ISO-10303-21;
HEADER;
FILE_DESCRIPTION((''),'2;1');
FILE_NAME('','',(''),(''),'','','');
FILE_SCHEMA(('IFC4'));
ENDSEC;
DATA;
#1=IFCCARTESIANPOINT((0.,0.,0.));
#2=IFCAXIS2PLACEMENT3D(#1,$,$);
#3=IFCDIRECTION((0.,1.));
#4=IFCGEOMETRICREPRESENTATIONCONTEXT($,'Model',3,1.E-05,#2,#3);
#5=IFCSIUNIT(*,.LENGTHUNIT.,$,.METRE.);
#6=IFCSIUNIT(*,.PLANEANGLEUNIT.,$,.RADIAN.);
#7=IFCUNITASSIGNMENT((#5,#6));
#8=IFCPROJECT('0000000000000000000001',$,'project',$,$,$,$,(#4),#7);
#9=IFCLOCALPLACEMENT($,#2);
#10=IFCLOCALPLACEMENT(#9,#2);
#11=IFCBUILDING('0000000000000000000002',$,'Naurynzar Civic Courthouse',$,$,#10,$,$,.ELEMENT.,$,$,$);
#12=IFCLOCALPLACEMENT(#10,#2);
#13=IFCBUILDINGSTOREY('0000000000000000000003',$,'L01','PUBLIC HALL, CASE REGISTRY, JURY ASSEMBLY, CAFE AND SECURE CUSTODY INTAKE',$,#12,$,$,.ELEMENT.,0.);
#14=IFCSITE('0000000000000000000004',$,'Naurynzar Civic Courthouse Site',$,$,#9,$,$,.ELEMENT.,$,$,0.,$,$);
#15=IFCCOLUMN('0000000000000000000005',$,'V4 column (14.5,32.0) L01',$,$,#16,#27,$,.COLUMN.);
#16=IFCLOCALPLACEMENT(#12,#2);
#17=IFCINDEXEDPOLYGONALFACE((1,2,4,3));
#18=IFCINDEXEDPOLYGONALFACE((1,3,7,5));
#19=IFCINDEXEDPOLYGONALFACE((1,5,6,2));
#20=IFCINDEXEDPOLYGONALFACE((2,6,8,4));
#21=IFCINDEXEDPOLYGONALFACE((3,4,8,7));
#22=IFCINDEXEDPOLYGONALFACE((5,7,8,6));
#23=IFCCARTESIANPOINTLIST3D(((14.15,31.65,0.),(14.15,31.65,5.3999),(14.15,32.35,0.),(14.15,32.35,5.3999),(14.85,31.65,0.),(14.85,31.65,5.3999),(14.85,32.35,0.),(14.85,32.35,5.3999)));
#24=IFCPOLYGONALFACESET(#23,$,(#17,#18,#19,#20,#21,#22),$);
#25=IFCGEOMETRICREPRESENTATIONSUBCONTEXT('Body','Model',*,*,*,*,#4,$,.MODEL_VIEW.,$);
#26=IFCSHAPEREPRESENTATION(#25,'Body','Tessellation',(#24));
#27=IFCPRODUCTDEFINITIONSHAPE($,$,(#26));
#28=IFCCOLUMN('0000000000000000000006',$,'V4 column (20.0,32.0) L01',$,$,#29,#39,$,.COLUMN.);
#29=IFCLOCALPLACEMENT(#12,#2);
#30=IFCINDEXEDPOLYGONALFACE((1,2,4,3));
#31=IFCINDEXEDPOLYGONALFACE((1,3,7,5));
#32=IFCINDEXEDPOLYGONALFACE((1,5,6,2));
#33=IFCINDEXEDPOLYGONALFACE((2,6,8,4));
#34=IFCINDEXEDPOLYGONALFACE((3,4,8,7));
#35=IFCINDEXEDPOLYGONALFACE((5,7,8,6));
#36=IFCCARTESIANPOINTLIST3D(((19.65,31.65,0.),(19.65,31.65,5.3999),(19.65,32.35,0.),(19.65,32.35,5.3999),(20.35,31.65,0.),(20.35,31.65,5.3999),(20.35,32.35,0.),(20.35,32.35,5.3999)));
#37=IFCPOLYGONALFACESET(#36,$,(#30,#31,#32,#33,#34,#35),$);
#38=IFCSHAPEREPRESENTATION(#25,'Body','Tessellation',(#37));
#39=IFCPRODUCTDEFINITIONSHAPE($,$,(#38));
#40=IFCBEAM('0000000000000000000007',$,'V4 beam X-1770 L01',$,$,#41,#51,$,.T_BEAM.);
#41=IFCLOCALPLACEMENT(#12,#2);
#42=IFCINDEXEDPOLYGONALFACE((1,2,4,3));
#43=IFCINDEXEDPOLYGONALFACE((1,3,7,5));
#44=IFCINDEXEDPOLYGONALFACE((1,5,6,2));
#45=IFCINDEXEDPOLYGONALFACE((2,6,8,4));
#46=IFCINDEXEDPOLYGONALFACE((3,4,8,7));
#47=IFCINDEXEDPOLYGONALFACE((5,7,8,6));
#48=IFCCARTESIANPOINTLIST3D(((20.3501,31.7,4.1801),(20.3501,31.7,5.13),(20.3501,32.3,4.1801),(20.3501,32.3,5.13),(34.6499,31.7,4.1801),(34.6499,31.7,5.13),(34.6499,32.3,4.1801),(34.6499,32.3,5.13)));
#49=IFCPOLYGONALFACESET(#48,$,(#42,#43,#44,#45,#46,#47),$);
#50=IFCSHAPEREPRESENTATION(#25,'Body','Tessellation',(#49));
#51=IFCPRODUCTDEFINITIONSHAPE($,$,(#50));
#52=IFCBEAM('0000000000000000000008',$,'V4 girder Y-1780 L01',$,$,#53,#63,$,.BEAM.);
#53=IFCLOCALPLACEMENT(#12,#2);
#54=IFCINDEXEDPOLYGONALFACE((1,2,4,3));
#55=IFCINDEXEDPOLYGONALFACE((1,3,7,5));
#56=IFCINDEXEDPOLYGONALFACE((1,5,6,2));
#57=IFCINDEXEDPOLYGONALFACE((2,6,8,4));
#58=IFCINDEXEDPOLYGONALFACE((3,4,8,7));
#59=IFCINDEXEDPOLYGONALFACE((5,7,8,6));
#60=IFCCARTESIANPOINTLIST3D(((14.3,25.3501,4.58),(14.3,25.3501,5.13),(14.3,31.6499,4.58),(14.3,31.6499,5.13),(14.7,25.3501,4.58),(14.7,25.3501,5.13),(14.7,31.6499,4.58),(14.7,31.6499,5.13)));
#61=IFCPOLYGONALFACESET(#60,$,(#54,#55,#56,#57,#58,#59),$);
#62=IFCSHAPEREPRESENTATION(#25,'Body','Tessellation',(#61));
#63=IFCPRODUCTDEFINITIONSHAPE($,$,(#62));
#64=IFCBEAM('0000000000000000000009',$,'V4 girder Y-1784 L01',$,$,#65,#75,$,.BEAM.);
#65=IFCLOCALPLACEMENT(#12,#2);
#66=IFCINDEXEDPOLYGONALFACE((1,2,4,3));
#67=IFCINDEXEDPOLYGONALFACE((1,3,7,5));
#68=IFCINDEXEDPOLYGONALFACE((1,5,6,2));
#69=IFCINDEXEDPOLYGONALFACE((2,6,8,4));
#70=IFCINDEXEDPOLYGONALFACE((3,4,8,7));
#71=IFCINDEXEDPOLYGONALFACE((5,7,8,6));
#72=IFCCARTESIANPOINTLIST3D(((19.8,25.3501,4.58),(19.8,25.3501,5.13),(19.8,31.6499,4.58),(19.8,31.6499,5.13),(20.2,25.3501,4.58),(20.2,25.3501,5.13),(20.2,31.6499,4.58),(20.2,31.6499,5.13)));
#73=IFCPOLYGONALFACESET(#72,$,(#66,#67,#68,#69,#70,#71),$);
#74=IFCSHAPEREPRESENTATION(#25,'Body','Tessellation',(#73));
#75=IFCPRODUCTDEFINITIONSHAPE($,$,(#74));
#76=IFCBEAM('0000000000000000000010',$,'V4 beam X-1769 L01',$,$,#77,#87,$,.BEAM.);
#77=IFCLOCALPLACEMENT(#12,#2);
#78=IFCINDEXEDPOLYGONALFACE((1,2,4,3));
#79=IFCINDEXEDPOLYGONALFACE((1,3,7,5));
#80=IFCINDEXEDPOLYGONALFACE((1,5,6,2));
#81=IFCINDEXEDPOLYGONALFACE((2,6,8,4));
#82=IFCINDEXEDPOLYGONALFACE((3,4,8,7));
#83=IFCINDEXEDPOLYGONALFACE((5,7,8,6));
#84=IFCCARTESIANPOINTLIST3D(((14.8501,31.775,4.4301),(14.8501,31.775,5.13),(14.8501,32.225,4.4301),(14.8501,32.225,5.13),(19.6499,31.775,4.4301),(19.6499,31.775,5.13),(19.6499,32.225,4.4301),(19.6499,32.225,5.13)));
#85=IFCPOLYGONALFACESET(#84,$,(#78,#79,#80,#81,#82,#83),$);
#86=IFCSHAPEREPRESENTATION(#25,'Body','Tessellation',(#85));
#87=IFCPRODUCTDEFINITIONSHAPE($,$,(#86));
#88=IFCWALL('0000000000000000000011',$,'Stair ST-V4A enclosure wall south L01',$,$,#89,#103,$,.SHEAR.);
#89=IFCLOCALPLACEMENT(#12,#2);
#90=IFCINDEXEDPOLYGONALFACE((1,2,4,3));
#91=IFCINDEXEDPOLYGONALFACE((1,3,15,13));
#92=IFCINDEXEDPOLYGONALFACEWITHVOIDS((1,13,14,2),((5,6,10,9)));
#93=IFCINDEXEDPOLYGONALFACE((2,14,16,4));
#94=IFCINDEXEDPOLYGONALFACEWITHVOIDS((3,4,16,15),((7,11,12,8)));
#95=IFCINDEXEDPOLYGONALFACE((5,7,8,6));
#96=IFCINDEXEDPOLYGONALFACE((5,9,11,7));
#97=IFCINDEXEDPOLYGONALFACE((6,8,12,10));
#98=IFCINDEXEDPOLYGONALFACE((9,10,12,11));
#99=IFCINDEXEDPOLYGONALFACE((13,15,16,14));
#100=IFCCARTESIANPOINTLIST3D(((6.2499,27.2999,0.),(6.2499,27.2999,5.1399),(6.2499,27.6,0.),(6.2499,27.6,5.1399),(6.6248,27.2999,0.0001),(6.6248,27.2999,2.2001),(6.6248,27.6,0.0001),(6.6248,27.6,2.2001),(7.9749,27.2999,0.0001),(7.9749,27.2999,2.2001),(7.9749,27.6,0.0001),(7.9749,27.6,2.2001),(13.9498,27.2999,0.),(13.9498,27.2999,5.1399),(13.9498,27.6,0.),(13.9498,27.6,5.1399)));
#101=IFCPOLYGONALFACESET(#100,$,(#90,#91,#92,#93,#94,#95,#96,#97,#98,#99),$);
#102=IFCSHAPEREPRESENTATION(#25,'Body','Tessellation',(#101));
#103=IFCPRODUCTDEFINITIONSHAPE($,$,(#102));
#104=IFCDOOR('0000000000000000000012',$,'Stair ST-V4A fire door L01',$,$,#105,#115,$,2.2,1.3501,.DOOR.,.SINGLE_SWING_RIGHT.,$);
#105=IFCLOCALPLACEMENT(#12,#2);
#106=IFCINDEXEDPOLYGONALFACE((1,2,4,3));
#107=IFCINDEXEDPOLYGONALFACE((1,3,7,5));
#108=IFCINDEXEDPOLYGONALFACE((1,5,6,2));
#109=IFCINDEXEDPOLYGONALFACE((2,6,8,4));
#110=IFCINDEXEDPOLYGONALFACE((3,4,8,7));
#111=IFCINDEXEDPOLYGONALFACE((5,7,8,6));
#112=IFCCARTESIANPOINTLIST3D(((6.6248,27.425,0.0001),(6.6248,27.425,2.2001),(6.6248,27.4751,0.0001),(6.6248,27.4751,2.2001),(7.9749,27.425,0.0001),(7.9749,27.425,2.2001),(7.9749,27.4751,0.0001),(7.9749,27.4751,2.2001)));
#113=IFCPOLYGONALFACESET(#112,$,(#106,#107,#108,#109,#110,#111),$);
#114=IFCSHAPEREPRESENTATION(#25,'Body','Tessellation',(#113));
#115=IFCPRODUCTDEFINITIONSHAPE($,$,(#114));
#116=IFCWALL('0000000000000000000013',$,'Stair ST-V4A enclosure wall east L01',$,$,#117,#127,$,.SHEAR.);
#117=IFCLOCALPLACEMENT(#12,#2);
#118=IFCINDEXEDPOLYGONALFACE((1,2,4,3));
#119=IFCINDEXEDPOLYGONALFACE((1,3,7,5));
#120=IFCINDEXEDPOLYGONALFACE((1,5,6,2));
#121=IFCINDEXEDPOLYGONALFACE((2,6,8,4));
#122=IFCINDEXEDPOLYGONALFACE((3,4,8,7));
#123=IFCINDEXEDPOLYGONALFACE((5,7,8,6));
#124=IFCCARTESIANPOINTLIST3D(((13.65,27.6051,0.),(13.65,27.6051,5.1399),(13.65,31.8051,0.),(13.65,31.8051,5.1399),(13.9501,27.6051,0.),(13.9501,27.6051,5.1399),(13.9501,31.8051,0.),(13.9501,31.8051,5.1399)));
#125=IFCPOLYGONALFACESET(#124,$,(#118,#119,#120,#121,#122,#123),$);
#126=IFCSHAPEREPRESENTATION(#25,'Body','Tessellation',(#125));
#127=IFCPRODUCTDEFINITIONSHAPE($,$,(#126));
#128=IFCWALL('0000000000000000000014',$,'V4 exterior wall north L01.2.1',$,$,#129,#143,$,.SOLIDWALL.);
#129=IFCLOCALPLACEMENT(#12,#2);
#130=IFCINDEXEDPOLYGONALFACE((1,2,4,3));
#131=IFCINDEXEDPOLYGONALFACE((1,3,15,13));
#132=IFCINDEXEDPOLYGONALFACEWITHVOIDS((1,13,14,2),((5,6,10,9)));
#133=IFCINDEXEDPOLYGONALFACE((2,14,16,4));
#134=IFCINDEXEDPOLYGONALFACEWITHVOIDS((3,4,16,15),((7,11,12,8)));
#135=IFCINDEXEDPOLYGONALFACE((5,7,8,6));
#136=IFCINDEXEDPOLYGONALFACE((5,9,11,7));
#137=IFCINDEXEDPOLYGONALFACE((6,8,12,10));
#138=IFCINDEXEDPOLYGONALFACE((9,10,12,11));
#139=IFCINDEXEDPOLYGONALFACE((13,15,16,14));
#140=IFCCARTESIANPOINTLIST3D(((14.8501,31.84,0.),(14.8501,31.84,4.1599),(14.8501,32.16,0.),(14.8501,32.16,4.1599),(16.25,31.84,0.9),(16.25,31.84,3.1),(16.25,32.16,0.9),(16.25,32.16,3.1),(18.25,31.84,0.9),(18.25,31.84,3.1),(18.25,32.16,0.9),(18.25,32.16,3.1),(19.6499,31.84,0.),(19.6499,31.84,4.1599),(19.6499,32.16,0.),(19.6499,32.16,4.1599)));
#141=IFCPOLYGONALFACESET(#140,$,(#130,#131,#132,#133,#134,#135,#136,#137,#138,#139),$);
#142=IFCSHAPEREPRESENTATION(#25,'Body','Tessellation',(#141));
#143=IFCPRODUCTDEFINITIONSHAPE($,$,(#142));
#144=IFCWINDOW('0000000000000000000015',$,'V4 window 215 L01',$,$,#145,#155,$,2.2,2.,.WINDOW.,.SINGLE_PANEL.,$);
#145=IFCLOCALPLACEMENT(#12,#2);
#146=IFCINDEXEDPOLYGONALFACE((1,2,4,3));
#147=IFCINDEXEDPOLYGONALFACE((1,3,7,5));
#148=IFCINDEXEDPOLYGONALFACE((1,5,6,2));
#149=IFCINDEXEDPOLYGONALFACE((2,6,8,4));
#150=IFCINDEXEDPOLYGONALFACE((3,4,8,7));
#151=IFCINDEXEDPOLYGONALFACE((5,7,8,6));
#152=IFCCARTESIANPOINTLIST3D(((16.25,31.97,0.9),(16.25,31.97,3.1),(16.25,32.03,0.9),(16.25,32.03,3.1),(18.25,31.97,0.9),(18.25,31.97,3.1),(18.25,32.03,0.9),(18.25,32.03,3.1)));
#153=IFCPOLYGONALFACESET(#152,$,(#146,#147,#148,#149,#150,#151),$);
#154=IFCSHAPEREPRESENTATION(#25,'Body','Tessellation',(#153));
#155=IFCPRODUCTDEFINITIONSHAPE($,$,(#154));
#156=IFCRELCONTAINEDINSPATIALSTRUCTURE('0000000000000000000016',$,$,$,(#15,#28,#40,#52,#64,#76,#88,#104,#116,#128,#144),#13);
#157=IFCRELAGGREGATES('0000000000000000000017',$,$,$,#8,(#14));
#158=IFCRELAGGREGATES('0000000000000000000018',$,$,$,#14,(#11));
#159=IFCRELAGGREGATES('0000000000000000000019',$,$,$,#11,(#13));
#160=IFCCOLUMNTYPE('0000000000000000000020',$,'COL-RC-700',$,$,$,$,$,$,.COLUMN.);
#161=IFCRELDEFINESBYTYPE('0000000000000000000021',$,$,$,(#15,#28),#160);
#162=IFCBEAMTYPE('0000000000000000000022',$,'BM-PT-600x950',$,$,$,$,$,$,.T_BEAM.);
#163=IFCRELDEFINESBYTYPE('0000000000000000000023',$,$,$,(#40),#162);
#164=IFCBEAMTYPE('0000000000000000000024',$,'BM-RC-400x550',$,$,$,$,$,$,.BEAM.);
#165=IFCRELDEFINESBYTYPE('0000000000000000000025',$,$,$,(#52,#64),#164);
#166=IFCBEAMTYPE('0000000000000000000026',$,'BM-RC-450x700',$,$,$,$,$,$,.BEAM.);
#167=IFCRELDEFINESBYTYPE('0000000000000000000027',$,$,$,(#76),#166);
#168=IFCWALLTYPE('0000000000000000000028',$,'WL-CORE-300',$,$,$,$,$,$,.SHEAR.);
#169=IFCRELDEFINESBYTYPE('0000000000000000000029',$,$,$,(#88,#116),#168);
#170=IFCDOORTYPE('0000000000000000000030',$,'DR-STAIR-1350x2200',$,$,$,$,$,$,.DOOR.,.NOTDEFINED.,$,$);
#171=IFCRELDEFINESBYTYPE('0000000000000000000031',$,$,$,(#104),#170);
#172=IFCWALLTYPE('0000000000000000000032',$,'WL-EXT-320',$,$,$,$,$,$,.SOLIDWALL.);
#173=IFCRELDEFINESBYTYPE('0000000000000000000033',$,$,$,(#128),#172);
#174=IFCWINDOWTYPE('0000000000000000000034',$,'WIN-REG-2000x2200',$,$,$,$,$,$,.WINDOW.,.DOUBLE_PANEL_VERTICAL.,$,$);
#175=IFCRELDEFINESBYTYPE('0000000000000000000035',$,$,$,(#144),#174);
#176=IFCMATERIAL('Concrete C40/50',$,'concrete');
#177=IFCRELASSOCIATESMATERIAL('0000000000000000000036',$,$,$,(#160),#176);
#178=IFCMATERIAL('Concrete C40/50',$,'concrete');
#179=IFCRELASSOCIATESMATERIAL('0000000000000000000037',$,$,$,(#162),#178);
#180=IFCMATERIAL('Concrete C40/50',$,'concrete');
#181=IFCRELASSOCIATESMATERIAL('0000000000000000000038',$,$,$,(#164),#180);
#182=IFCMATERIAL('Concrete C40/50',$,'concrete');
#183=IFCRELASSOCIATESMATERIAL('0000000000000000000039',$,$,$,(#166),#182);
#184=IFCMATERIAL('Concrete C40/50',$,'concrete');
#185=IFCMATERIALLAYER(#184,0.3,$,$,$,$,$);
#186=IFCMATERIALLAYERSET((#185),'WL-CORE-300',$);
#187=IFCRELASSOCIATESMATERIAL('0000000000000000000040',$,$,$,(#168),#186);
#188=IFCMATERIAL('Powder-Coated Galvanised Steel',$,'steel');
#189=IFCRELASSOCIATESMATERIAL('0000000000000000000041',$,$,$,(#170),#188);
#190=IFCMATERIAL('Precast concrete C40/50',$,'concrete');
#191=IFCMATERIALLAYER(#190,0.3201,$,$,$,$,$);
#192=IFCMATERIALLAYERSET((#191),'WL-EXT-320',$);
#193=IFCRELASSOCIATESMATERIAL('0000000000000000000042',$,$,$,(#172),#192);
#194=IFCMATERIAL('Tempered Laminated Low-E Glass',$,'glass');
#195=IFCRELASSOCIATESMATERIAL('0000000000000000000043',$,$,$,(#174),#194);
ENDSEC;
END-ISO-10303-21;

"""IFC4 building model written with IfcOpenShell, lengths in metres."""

from ifc_helpers import new_model, si_unit, direction, frame, frame_2d, origin, origin_2d, place, context, subcontext, project, spatial, rectangle, extrude, material, layer, layer_set, material_profile, profile_set, type_object, element, fill, save


model = new_model("IFC4")

# Units and contexts
model_context = context("Model", 3, precision=1e-05, world=origin(), true_north=direction((0.0, 1.0)))
body_context = subcontext(model_context, "Body", "Model", "MODEL_VIEW")
ifc_project = project(units=[si_unit("LENGTHUNIT", "METRE"), si_unit("PLANEANGLEUNIT", "RADIAN")], contexts=[model_context])

# Site, building, storey
site_placement = place(None, origin())
site = spatial("IfcSite", under=ifc_project, at=site_placement, Name="Naurynzar Civic Courthouse Site", CompositionType="ELEMENT", RefElevation=0.0)
building_placement = place(site_placement, origin())
building = spatial("IfcBuilding", under=site, at=building_placement, Name="Naurynzar Civic Courthouse", CompositionType="ELEMENT")
storey_placement = place(building_placement, origin())
storey = spatial("IfcBuildingStorey", under=building, at=storey_placement, Name="L01", Description="PUBLIC HALL, CASE REGISTRY, JURY ASSEMBLY, CAFE AND SECURE CUSTODY INTAKE", CompositionType="ELEMENT", Elevation=0.0)

# Columns
ifc_material_1 = material(Name="Concrete C40/50", Category="concrete")
ifc_material_profile_1 = material_profile(ifc_material_1, rectangle(XDim=0.7, YDim=0.7, at=origin_2d()), Name="RC 700x700")
ifc_profile_set_1 = profile_set([ifc_material_profile_1], Name="Concrete C40/50")
column_type = type_object("IfcColumnType", Name="COL-RC-700", PredefinedType="COLUMN", material=ifc_profile_set_1)
for number, where, z_axis, x_axis, name in (
    (1, (14.5, 32.0, 0.0), (0.0, 0.0, 1.0), (1.0, 0.0, 0.0), "V4 column (14.5,32.0) L01"),
    (2, (20.0, 32.0, 0.0), (0.0, 0.0, 1.0), (1.0, 0.0, 0.0), "V4 column (20.0,32.0) L01"),
):
    element("IfcColumn", number, at=place(storey_placement, frame(where, z_axis=z_axis, x_axis=x_axis)), inside=storey, type_object=column_type, Name=name, PredefinedType="COLUMN", context=body_context, shape_type="SweptSolid", body=[
        extrude(rectangle(XDim=0.7, YDim=0.7, at=origin_2d()), origin(), (0.0, 0.0, 1.0), 5.3999),
    ])

# Beams
ifc_material_2 = material(Name="Concrete C40/50", Category="concrete")
ifc_material_profile_2 = material_profile(ifc_material_2, rectangle(XDim=0.6001, YDim=0.95, at=origin_2d()), Name="PTB 600x950")
ifc_profile_set_2 = profile_set([ifc_material_profile_2], Name="Concrete C40/50")
beam_type_1 = type_object("IfcBeamType", Name="BM-PT-600x950", PredefinedType="T_BEAM", material=ifc_profile_set_2)
beam_1_placement = place(storey_placement, frame((20.3501, 32.0, 4.655), z_axis=(1.0, 0.0, 0.0), x_axis=(0.0, 1.0, 0.0)))
element("IfcBeam", 3, at=beam_1_placement, inside=storey, type_object=beam_type_1, Name="V4 beam X-1770 L01", PredefinedType="T_BEAM", context=body_context, shape_type="SweptSolid", body=[
    extrude(rectangle(XDim=0.6001, YDim=0.95, at=origin_2d()), origin(), (0.0, 0.0, 1.0), 14.2998),
])
ifc_material_3 = material(Name="Concrete C40/50", Category="concrete")
ifc_material_profile_3 = material_profile(ifc_material_3, rectangle(XDim=0.3999, YDim=0.55, at=origin_2d()), Name="RCB 400x550")
ifc_profile_set_3 = profile_set([ifc_material_profile_3], Name="Concrete C40/50")
beam_type_2 = type_object("IfcBeamType", Name="BM-RC-400x550", PredefinedType="BEAM", material=ifc_profile_set_3)
for number, where, z_axis, x_axis, name in (
    (4, (14.5, 25.3501, 4.855), (0.0, 1.0, 0.0), (-1.0, 0.0, 0.0), "V4 girder Y-1780 L01"),
    (5, (20.0, 25.3501, 4.855), (0.0, 1.0, 0.0), (-1.0, 0.0, 0.0), "V4 girder Y-1784 L01"),
):
    element("IfcBeam", number, at=place(storey_placement, frame(where, z_axis=z_axis, x_axis=x_axis)), inside=storey, type_object=beam_type_2, Name=name, PredefinedType="BEAM", context=body_context, shape_type="SweptSolid", body=[
        extrude(rectangle(XDim=0.3999, YDim=0.55, at=origin_2d()), origin(), (0.0, 0.0, 1.0), 6.2998),
    ])
ifc_material_4 = material(Name="Concrete C40/50", Category="concrete")
ifc_material_profile_4 = material_profile(ifc_material_4, rectangle(XDim=0.45, YDim=0.7, at=origin_2d()), Name="RCB 450x700")
ifc_profile_set_4 = profile_set([ifc_material_profile_4], Name="Concrete C40/50")
beam_type_3 = type_object("IfcBeamType", Name="BM-RC-450x700", PredefinedType="BEAM", material=ifc_profile_set_4)
beam_2_placement = place(storey_placement, frame((14.8501, 32.0, 4.78), z_axis=(1.0, 0.0, 0.0), x_axis=(0.0, 1.0, 0.0)))
element("IfcBeam", 6, at=beam_2_placement, inside=storey, type_object=beam_type_3, Name="V4 beam X-1769 L01", PredefinedType="BEAM", context=body_context, shape_type="SweptSolid", body=[
    extrude(rectangle(XDim=0.45, YDim=0.7, at=origin_2d()), origin(), (0.0, 0.0, 1.0), 4.7998),
])

# Wall, opening, door
ifc_material_5 = material(Name="Concrete C40/50", Category="concrete")
ifc_layer_1 = layer(ifc_material_5, 0.3)
ifc_layer_set_1 = layer_set([ifc_layer_1], Name="WL-CORE-300")
wall_type_1 = type_object("IfcWallType", Name="WL-CORE-300", PredefinedType="SHEAR", material=ifc_layer_set_1)
wall_1_placement = place(storey_placement, frame((13.95, 27.45, 0.0), z_axis=(0.0, 0.0, 1.0), x_axis=(-1.0, 0.0, 0.0)))
wall_1 = element("IfcWall", 7, at=wall_1_placement, inside=storey, type_object=wall_type_1, Name="Stair ST-V4A enclosure wall south L01", PredefinedType="SHEAR", context=body_context, shape_type="SweptSolid", body=[
    extrude(rectangle(XDim=7.7, YDim=0.3, at=frame_2d((3.8501, 0.0))), origin(), (0.0, 0.0, 1.0), 5.1399),
])
opening_1_placement = place(wall_1_placement, frame((5.9751, 0.0, 0.0)))
opening_1 = element("IfcOpeningElement", 8, at=opening_1_placement, cuts=wall_1, PredefinedType="OPENING", context=body_context, shape_type="SweptSolid", body=[
    extrude(rectangle(XDim=1.3501, YDim=2.2, at=frame_2d((0.675, 1.1001))), frame((0.0, 0.1599, 0.0), z_axis=(0.0, -1.0, 0.0), x_axis=(1.0, 0.0, 0.0)), (0.0, 0.0, 1.0), 0.3201),
])
ifc_material_6 = material(Name="Powder-Coated Galvanised Steel", Category="steel")
door_type_1 = type_object("IfcDoorType", Name="DR-STAIR-1350x2200", OperationType="NOTDEFINED", PredefinedType="DOOR", material=ifc_material_6)
door_1_placement = place(opening_1_placement, origin())
door_1 = element("IfcDoor", 9, at=door_1_placement, inside=storey, type_object=door_type_1, Name="Stair ST-V4A fire door L01", OperationType="SINGLE_SWING_RIGHT", OverallHeight=2.2, OverallWidth=1.3501, PredefinedType="DOOR", context=body_context, shape_type="SweptSolid", body=[
    extrude(rectangle(XDim=1.3501, YDim=2.2, at=frame_2d((0.675, 1.1001))), frame((0.0, 0.0249, 0.0), z_axis=(0.0, -1.0, 0.0), x_axis=(1.0, 0.0, 0.0)), (0.0, 0.0, 1.0), 0.05),
])
fill(opening_1, door_1)

# Wall
wall_2_placement = place(storey_placement, frame((13.8, 27.605, 0.0), z_axis=(0.0, 0.0, 1.0), x_axis=(0.0, 1.0, 0.0)))
element("IfcWall", 10, at=wall_2_placement, inside=storey, type_object=wall_type_1, Name="Stair ST-V4A enclosure wall east L01", PredefinedType="SHEAR", context=body_context, shape_type="SweptSolid", body=[
    extrude(rectangle(XDim=4.2, YDim=0.3, at=frame_2d((2.1001, 0.0))), origin(), (0.0, 0.0, 1.0), 5.1399),
])

# Wall, opening, window
ifc_material_7 = material(Name="Precast concrete C40/50", Category="concrete")
ifc_layer_2 = layer(ifc_material_7, 0.3201)
ifc_layer_set_2 = layer_set([ifc_layer_2], Name="WL-EXT-320")
wall_type_2 = type_object("IfcWallType", Name="WL-EXT-320", PredefinedType="SOLIDWALL", material=ifc_layer_set_2)
wall_3_placement = place(storey_placement, frame((14.8501, 32.0, 0.0), z_axis=(0.0, 0.0, 1.0), x_axis=(1.0, 0.0, 0.0)))
wall_3 = element("IfcWall", 11, at=wall_3_placement, inside=storey, type_object=wall_type_2, Name="V4 exterior wall north L01.2.1", PredefinedType="SOLIDWALL", context=body_context, shape_type="SweptSolid", body=[
    extrude(rectangle(XDim=4.7998, YDim=0.3201, at=frame_2d((2.3999, 0.0))), origin(), (0.0, 0.0, 1.0), 4.1599),
])
opening_2_placement = place(wall_3_placement, frame((1.3999, 0.0, 0.8999)))
opening_2 = element("IfcOpeningElement", 12, at=opening_2_placement, cuts=wall_3, PredefinedType="OPENING", context=body_context, shape_type="SweptSolid", body=[
    extrude(rectangle(XDim=2.0, YDim=2.2, at=frame_2d((1.0, 1.1001))), frame((0.0, 0.1699, 0.0), z_axis=(0.0, -1.0, 0.0), x_axis=(1.0, 0.0, 0.0)), (0.0, 0.0, 1.0), 0.3401),
])
ifc_material_8 = material(Name="Tempered Laminated Low-E Glass", Category="glass")
window_type_1 = type_object("IfcWindowType", Name="WIN-REG-2000x2200", PartitioningType="DOUBLE_PANEL_VERTICAL", PredefinedType="WINDOW", material=ifc_material_8)
window_1_placement = place(opening_2_placement, origin())
window_1 = element("IfcWindow", 13, at=window_1_placement, inside=storey, type_object=window_type_1, Name="V4 window 215 L01", OverallHeight=2.2, OverallWidth=2.0, PartitioningType="SINGLE_PANEL", PredefinedType="WINDOW", context=body_context, shape_type="SweptSolid", body=[
    extrude(rectangle(XDim=2.0, YDim=2.2, at=frame_2d((1.0, 1.1001))), frame((0.0, 0.03, 0.0), z_axis=(0.0, -1.0, 0.0), x_axis=(1.0, 0.0, 0.0)), (0.0, 0.0, 1.0), 0.0601),
])
fill(opening_2, window_1)

save(model, "model.ifc")
